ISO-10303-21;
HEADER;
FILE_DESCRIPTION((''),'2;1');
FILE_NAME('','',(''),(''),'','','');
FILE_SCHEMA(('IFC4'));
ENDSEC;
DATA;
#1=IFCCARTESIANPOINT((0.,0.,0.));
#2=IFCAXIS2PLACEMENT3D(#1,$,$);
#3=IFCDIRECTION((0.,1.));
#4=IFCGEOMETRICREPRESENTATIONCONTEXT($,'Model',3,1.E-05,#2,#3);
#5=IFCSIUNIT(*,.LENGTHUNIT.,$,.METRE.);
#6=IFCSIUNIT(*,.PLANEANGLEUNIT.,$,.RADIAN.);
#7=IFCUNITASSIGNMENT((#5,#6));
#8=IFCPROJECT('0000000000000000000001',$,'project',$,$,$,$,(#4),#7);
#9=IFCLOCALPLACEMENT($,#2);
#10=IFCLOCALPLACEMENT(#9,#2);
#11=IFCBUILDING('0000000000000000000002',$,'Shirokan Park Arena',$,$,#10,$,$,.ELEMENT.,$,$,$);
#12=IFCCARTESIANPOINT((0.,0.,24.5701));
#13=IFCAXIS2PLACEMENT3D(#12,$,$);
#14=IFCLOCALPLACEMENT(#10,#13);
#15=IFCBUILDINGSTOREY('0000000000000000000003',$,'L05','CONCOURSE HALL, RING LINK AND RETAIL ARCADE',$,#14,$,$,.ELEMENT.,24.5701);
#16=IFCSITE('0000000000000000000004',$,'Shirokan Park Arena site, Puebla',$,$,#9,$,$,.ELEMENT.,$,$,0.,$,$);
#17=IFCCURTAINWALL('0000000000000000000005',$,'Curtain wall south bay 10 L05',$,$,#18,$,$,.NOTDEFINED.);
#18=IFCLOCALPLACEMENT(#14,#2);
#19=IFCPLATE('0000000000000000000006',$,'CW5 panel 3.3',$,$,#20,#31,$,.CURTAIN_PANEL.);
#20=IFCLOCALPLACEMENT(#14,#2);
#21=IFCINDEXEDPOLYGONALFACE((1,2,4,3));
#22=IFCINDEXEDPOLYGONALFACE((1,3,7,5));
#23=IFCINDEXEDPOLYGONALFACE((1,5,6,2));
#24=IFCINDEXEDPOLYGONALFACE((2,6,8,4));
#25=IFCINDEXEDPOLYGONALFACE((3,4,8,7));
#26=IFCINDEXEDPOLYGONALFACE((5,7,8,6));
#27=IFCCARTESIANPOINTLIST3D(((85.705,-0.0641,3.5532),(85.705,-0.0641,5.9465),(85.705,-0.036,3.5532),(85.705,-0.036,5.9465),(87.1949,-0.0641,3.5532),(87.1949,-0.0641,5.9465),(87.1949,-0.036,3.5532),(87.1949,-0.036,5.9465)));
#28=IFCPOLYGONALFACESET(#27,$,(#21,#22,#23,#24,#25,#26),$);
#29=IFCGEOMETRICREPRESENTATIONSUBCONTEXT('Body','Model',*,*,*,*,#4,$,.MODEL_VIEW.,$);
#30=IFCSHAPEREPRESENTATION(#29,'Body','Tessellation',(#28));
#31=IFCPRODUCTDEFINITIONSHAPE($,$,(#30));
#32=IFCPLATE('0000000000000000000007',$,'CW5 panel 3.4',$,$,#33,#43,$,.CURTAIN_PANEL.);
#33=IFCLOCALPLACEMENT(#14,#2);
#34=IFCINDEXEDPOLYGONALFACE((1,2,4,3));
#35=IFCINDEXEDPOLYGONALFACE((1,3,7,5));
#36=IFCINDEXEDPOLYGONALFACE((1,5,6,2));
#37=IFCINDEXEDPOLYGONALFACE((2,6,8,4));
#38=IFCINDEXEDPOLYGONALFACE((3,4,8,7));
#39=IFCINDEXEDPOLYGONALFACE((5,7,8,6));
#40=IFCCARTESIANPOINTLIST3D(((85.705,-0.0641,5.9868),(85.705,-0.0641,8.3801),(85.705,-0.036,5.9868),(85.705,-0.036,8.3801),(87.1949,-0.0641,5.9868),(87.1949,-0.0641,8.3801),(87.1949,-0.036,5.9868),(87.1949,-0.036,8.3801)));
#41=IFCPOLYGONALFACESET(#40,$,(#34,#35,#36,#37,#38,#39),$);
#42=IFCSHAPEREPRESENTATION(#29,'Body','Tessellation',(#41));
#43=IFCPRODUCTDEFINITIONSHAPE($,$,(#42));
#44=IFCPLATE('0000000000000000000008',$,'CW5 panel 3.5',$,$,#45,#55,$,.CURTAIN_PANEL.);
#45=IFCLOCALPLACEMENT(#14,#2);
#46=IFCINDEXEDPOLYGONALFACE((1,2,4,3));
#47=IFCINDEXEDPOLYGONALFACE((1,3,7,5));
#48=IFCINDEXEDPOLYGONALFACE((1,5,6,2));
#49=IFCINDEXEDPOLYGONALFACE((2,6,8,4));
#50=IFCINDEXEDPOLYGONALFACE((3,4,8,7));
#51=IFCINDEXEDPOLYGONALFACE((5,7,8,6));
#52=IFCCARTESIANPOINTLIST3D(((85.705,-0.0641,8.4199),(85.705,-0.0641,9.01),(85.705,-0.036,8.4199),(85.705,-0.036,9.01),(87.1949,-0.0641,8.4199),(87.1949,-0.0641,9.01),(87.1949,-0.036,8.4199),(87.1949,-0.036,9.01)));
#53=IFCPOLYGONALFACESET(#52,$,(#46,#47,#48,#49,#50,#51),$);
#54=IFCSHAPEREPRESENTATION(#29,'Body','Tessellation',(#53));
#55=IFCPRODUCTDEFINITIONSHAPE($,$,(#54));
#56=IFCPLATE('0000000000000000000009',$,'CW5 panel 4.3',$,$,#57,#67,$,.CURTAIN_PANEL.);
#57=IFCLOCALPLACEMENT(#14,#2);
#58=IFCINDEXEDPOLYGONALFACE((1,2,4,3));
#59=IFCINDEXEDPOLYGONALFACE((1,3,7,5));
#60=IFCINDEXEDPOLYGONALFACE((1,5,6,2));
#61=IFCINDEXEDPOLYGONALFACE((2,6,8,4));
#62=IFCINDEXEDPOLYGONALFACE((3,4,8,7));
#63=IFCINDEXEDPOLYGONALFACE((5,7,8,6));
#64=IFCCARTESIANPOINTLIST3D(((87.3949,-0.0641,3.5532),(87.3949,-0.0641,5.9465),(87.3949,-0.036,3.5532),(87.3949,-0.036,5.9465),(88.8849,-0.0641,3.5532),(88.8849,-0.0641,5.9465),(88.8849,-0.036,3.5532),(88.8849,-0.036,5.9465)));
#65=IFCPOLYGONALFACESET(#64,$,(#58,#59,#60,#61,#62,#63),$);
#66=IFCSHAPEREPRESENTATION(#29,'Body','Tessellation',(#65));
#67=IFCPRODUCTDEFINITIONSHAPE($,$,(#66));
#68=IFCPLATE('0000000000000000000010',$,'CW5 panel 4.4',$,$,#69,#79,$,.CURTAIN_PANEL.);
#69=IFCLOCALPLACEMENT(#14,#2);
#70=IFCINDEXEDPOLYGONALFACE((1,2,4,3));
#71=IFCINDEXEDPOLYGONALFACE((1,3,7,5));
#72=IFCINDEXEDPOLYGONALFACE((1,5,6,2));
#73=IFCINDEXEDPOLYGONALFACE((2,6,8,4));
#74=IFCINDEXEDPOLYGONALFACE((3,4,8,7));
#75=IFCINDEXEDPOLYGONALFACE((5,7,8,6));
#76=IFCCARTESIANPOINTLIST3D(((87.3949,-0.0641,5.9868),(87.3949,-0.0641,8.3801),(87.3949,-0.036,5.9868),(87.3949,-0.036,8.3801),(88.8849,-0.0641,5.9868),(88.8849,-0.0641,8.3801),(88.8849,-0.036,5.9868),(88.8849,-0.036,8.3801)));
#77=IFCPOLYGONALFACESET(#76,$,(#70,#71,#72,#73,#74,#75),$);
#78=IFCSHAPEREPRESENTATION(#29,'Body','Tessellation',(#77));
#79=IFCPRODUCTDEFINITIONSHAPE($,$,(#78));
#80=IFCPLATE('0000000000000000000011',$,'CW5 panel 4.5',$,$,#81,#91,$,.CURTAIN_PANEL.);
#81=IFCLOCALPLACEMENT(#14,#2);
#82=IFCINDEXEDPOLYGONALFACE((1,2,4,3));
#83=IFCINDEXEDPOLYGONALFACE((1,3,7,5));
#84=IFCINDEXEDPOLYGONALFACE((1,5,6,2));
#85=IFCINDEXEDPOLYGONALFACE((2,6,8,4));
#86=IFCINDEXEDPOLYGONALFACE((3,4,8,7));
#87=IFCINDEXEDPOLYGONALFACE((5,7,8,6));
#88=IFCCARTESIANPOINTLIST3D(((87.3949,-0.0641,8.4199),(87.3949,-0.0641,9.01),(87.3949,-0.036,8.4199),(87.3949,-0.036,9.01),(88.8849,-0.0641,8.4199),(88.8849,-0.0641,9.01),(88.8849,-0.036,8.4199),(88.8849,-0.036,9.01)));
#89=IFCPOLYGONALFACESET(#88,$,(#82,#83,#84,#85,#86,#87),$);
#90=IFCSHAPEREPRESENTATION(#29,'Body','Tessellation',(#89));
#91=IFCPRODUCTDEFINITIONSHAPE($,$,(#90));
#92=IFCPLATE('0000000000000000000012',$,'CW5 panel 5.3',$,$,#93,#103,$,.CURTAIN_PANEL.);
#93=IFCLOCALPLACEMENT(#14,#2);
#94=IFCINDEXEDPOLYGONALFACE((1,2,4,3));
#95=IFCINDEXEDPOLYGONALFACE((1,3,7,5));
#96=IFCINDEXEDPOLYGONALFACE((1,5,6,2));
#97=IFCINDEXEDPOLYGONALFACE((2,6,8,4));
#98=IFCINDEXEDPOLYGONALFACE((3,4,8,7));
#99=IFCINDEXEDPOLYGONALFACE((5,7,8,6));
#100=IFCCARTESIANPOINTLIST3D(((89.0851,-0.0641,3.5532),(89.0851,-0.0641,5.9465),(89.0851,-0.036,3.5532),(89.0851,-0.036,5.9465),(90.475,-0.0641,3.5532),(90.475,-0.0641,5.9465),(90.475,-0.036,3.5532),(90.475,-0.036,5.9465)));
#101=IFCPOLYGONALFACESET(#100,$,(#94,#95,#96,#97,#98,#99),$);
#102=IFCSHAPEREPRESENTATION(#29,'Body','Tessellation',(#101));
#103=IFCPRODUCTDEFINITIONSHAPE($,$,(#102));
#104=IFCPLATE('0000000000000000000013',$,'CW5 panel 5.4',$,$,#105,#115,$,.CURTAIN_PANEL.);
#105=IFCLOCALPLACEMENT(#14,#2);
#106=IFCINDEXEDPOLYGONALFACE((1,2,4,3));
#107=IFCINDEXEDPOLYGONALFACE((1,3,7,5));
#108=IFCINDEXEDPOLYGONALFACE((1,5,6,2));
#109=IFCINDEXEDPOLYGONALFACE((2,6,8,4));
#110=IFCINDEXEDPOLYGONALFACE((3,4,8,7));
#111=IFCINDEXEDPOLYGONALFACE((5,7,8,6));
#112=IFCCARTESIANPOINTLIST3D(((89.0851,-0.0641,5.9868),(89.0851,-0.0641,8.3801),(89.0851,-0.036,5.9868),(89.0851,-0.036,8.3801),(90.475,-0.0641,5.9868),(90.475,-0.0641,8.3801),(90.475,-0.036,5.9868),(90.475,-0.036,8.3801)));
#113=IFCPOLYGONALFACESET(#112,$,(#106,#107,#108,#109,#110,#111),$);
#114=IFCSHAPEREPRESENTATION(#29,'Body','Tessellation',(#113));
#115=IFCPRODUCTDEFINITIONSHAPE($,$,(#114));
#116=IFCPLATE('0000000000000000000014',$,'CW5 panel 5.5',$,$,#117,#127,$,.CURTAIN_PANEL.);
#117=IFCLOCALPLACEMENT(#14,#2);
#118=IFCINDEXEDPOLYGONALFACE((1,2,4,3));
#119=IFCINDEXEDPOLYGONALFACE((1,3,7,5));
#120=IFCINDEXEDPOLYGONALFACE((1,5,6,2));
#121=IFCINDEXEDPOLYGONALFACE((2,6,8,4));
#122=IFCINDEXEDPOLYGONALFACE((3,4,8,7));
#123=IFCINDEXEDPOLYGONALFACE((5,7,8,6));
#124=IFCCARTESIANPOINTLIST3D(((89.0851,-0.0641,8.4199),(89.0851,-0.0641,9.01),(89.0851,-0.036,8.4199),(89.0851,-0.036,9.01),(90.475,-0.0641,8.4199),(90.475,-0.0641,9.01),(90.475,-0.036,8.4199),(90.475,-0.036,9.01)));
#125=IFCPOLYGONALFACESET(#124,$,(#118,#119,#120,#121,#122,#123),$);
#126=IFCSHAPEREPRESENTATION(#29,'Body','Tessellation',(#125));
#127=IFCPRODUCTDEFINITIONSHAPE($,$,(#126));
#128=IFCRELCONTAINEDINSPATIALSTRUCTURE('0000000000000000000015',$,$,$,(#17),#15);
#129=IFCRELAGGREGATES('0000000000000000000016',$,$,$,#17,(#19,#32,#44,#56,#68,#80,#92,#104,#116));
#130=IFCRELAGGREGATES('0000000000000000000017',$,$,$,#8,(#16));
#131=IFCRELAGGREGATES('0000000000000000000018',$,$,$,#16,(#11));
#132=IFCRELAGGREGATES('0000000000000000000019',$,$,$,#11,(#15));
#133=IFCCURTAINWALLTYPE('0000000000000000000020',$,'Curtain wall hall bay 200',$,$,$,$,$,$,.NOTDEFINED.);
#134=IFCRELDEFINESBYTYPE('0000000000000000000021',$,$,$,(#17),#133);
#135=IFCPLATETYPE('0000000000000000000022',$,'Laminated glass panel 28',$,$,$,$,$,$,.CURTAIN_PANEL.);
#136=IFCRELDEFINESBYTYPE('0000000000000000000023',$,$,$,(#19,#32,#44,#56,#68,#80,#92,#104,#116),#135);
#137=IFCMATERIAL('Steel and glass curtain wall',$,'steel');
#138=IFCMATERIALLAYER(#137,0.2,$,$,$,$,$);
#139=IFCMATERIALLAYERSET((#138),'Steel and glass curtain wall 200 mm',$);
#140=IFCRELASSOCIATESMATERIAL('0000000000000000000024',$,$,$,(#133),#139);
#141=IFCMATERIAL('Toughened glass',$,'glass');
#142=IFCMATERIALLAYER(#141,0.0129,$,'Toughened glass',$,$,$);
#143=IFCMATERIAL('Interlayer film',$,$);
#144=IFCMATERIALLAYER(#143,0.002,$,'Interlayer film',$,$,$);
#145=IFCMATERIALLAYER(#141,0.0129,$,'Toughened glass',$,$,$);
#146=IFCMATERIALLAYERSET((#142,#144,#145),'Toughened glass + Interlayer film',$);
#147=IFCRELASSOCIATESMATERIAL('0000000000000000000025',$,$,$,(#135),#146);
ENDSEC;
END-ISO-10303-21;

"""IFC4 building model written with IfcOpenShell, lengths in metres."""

from ifc_helpers import new_model, si_unit, direction, frame, origin, origin_2d, place, context, subcontext, project, spatial, rectangle, extrude, material, layer, layer_set, type_object, element, aggregate, save


model = new_model("IFC4")

# Units and contexts
model_context = context("Model", 3, precision=1e-05, world=origin(), true_north=direction((0.0, 1.0)))
body_context = subcontext(model_context, "Body", "Model", "MODEL_VIEW")
ifc_project = project(units=[si_unit("LENGTHUNIT", "METRE"), si_unit("PLANEANGLEUNIT", "RADIAN")], contexts=[model_context])

# Site, building, storey
site_placement = place(None, origin())
site = spatial("IfcSite", under=ifc_project, at=site_placement, Name="Shirokan Park Arena site, Puebla", CompositionType="ELEMENT", RefElevation=0.0)
building_placement = place(site_placement, origin())
building = spatial("IfcBuilding", under=site, at=building_placement, Name="Shirokan Park Arena", CompositionType="ELEMENT")
storey_placement = place(building_placement, frame((0.0, 0.0, 24.5701)))
storey = spatial("IfcBuildingStorey", under=building, at=storey_placement, Name="L05", Description="CONCOURSE HALL, RING LINK AND RETAIL ARCADE", CompositionType="ELEMENT", Elevation=24.5701)

# Curtain wall, plates
ifc_material_1 = material(Name="Steel and glass curtain wall", Category="steel")
ifc_layer_1 = layer(ifc_material_1, 0.2)
ifc_layer_set_1 = layer_set([ifc_layer_1], Name="Steel and glass curtain wall 200 mm")
curtain_wall_type = type_object("IfcCurtainWallType", Name="Curtain wall hall bay 200", PredefinedType="NOTDEFINED", material=ifc_layer_set_1)
curtain_wall_placement = place(storey_placement, origin())
curtain_wall = element("IfcCurtainWall", 1, at=curtain_wall_placement, inside=storey, type_object=curtain_wall_type, Name="Curtain wall south bay 10 L05", PredefinedType="NOTDEFINED")
ifc_material_2 = material(Name="Toughened glass", Category="glass")
ifc_layer_2 = layer(ifc_material_2, 0.0129, Name="Toughened glass")
ifc_material_3 = material(Name="Interlayer film")
ifc_layer_3 = layer(ifc_material_3, 0.002, Name="Interlayer film")
ifc_layer_4 = layer(ifc_material_2, 0.0129, Name="Toughened glass")
ifc_layer_set_2 = layer_set([ifc_layer_2, ifc_layer_3, ifc_layer_4], Name="Toughened glass + Interlayer film")
plate_type = type_object("IfcPlateType", Name="Laminated glass panel 28", PredefinedType="CURTAIN_PANEL", material=ifc_layer_set_2)
plate_1_placement = place(storey_placement, frame((86.45, -0.05, 3.5532), z_axis=(0.0, 0.0, 1.0), x_axis=(1.0, 0.0, 0.0)))
plate_1 = element("IfcPlate", 2, at=plate_1_placement, type_object=plate_type, Name="CW5 panel 3.3", PredefinedType="CURTAIN_PANEL", context=body_context, shape_type="SweptSolid", body=[
    extrude(rectangle(XDim=1.49, YDim=0.0281, at=origin_2d()), origin(), (0.0, 0.0, 1.0), 2.3933),
])
plate_2_placement = place(storey_placement, frame((86.45, -0.05, 5.9868), z_axis=(0.0, 0.0, 1.0), x_axis=(1.0, 0.0, 0.0)))
plate_2 = element("IfcPlate", 3, at=plate_2_placement, type_object=plate_type, Name="CW5 panel 3.4", PredefinedType="CURTAIN_PANEL", context=body_context, shape_type="SweptSolid", body=[
    extrude(rectangle(XDim=1.49, YDim=0.0281, at=origin_2d()), origin(), (0.0, 0.0, 1.0), 2.3933),
])
plate_3_placement = place(storey_placement, frame((86.45, -0.05, 8.4199), z_axis=(0.0, 0.0, 1.0), x_axis=(1.0, 0.0, 0.0)))
plate_3 = element("IfcPlate", 4, at=plate_3_placement, type_object=plate_type, Name="CW5 panel 3.5", PredefinedType="CURTAIN_PANEL", context=body_context, shape_type="SweptSolid", body=[
    extrude(rectangle(XDim=1.49, YDim=0.0281, at=origin_2d()), origin(), (0.0, 0.0, 1.0), 0.5901),
])
plate_4_placement = place(storey_placement, frame((88.1399, -0.05, 3.5532), z_axis=(0.0, 0.0, 1.0), x_axis=(1.0, 0.0, 0.0)))
plate_4 = element("IfcPlate", 5, at=plate_4_placement, type_object=plate_type, Name="CW5 panel 4.3", PredefinedType="CURTAIN_PANEL", context=body_context, shape_type="SweptSolid", body=[
    extrude(rectangle(XDim=1.49, YDim=0.0281, at=origin_2d()), origin(), (0.0, 0.0, 1.0), 2.3933),
])
plate_5_placement = place(storey_placement, frame((88.1399, -0.05, 5.9868), z_axis=(0.0, 0.0, 1.0), x_axis=(1.0, 0.0, 0.0)))
plate_5 = element("IfcPlate", 6, at=plate_5_placement, type_object=plate_type, Name="CW5 panel 4.4", PredefinedType="CURTAIN_PANEL", context=body_context, shape_type="SweptSolid", body=[
    extrude(rectangle(XDim=1.49, YDim=0.0281, at=origin_2d()), origin(), (0.0, 0.0, 1.0), 2.3933),
])
plate_6_placement = place(storey_placement, frame((88.1399, -0.05, 8.4199), z_axis=(0.0, 0.0, 1.0), x_axis=(1.0, 0.0, 0.0)))
plate_6 = element("IfcPlate", 7, at=plate_6_placement, type_object=plate_type, Name="CW5 panel 4.5", PredefinedType="CURTAIN_PANEL", context=body_context, shape_type="SweptSolid", body=[
    extrude(rectangle(XDim=1.49, YDim=0.0281, at=origin_2d()), origin(), (0.0, 0.0, 1.0), 0.5901),
])
plate_7_placement = place(storey_placement, frame((89.78, -0.05, 3.5532), z_axis=(0.0, 0.0, 1.0), x_axis=(1.0, 0.0, 0.0)))
plate_7 = element("IfcPlate", 8, at=plate_7_placement, type_object=plate_type, Name="CW5 panel 5.3", PredefinedType="CURTAIN_PANEL", context=body_context, shape_type="SweptSolid", body=[
    extrude(rectangle(XDim=1.3899, YDim=0.0281, at=origin_2d()), origin(), (0.0, 0.0, 1.0), 2.3933),
])
plate_8_placement = place(storey_placement, frame((89.78, -0.05, 5.9868), z_axis=(0.0, 0.0, 1.0), x_axis=(1.0, 0.0, 0.0)))
plate_8 = element("IfcPlate", 9, at=plate_8_placement, type_object=plate_type, Name="CW5 panel 5.4", PredefinedType="CURTAIN_PANEL", context=body_context, shape_type="SweptSolid", body=[
    extrude(rectangle(XDim=1.3899, YDim=0.0281, at=origin_2d()), origin(), (0.0, 0.0, 1.0), 2.3933),
])
plate_9_placement = place(storey_placement, frame((89.78, -0.05, 8.4199), z_axis=(0.0, 0.0, 1.0), x_axis=(1.0, 0.0, 0.0)))
plate_9 = element("IfcPlate", 10, at=plate_9_placement, type_object=plate_type, Name="CW5 panel 5.5", PredefinedType="CURTAIN_PANEL", context=body_context, shape_type="SweptSolid", body=[
    extrude(rectangle(XDim=1.3899, YDim=0.0281, at=origin_2d()), origin(), (0.0, 0.0, 1.0), 0.5901),
])
aggregate(curtain_wall, [plate_1, plate_2, plate_3, plate_4, plate_5, plate_6, plate_7, plate_8, plate_9])

save(model, "model.ifc")
